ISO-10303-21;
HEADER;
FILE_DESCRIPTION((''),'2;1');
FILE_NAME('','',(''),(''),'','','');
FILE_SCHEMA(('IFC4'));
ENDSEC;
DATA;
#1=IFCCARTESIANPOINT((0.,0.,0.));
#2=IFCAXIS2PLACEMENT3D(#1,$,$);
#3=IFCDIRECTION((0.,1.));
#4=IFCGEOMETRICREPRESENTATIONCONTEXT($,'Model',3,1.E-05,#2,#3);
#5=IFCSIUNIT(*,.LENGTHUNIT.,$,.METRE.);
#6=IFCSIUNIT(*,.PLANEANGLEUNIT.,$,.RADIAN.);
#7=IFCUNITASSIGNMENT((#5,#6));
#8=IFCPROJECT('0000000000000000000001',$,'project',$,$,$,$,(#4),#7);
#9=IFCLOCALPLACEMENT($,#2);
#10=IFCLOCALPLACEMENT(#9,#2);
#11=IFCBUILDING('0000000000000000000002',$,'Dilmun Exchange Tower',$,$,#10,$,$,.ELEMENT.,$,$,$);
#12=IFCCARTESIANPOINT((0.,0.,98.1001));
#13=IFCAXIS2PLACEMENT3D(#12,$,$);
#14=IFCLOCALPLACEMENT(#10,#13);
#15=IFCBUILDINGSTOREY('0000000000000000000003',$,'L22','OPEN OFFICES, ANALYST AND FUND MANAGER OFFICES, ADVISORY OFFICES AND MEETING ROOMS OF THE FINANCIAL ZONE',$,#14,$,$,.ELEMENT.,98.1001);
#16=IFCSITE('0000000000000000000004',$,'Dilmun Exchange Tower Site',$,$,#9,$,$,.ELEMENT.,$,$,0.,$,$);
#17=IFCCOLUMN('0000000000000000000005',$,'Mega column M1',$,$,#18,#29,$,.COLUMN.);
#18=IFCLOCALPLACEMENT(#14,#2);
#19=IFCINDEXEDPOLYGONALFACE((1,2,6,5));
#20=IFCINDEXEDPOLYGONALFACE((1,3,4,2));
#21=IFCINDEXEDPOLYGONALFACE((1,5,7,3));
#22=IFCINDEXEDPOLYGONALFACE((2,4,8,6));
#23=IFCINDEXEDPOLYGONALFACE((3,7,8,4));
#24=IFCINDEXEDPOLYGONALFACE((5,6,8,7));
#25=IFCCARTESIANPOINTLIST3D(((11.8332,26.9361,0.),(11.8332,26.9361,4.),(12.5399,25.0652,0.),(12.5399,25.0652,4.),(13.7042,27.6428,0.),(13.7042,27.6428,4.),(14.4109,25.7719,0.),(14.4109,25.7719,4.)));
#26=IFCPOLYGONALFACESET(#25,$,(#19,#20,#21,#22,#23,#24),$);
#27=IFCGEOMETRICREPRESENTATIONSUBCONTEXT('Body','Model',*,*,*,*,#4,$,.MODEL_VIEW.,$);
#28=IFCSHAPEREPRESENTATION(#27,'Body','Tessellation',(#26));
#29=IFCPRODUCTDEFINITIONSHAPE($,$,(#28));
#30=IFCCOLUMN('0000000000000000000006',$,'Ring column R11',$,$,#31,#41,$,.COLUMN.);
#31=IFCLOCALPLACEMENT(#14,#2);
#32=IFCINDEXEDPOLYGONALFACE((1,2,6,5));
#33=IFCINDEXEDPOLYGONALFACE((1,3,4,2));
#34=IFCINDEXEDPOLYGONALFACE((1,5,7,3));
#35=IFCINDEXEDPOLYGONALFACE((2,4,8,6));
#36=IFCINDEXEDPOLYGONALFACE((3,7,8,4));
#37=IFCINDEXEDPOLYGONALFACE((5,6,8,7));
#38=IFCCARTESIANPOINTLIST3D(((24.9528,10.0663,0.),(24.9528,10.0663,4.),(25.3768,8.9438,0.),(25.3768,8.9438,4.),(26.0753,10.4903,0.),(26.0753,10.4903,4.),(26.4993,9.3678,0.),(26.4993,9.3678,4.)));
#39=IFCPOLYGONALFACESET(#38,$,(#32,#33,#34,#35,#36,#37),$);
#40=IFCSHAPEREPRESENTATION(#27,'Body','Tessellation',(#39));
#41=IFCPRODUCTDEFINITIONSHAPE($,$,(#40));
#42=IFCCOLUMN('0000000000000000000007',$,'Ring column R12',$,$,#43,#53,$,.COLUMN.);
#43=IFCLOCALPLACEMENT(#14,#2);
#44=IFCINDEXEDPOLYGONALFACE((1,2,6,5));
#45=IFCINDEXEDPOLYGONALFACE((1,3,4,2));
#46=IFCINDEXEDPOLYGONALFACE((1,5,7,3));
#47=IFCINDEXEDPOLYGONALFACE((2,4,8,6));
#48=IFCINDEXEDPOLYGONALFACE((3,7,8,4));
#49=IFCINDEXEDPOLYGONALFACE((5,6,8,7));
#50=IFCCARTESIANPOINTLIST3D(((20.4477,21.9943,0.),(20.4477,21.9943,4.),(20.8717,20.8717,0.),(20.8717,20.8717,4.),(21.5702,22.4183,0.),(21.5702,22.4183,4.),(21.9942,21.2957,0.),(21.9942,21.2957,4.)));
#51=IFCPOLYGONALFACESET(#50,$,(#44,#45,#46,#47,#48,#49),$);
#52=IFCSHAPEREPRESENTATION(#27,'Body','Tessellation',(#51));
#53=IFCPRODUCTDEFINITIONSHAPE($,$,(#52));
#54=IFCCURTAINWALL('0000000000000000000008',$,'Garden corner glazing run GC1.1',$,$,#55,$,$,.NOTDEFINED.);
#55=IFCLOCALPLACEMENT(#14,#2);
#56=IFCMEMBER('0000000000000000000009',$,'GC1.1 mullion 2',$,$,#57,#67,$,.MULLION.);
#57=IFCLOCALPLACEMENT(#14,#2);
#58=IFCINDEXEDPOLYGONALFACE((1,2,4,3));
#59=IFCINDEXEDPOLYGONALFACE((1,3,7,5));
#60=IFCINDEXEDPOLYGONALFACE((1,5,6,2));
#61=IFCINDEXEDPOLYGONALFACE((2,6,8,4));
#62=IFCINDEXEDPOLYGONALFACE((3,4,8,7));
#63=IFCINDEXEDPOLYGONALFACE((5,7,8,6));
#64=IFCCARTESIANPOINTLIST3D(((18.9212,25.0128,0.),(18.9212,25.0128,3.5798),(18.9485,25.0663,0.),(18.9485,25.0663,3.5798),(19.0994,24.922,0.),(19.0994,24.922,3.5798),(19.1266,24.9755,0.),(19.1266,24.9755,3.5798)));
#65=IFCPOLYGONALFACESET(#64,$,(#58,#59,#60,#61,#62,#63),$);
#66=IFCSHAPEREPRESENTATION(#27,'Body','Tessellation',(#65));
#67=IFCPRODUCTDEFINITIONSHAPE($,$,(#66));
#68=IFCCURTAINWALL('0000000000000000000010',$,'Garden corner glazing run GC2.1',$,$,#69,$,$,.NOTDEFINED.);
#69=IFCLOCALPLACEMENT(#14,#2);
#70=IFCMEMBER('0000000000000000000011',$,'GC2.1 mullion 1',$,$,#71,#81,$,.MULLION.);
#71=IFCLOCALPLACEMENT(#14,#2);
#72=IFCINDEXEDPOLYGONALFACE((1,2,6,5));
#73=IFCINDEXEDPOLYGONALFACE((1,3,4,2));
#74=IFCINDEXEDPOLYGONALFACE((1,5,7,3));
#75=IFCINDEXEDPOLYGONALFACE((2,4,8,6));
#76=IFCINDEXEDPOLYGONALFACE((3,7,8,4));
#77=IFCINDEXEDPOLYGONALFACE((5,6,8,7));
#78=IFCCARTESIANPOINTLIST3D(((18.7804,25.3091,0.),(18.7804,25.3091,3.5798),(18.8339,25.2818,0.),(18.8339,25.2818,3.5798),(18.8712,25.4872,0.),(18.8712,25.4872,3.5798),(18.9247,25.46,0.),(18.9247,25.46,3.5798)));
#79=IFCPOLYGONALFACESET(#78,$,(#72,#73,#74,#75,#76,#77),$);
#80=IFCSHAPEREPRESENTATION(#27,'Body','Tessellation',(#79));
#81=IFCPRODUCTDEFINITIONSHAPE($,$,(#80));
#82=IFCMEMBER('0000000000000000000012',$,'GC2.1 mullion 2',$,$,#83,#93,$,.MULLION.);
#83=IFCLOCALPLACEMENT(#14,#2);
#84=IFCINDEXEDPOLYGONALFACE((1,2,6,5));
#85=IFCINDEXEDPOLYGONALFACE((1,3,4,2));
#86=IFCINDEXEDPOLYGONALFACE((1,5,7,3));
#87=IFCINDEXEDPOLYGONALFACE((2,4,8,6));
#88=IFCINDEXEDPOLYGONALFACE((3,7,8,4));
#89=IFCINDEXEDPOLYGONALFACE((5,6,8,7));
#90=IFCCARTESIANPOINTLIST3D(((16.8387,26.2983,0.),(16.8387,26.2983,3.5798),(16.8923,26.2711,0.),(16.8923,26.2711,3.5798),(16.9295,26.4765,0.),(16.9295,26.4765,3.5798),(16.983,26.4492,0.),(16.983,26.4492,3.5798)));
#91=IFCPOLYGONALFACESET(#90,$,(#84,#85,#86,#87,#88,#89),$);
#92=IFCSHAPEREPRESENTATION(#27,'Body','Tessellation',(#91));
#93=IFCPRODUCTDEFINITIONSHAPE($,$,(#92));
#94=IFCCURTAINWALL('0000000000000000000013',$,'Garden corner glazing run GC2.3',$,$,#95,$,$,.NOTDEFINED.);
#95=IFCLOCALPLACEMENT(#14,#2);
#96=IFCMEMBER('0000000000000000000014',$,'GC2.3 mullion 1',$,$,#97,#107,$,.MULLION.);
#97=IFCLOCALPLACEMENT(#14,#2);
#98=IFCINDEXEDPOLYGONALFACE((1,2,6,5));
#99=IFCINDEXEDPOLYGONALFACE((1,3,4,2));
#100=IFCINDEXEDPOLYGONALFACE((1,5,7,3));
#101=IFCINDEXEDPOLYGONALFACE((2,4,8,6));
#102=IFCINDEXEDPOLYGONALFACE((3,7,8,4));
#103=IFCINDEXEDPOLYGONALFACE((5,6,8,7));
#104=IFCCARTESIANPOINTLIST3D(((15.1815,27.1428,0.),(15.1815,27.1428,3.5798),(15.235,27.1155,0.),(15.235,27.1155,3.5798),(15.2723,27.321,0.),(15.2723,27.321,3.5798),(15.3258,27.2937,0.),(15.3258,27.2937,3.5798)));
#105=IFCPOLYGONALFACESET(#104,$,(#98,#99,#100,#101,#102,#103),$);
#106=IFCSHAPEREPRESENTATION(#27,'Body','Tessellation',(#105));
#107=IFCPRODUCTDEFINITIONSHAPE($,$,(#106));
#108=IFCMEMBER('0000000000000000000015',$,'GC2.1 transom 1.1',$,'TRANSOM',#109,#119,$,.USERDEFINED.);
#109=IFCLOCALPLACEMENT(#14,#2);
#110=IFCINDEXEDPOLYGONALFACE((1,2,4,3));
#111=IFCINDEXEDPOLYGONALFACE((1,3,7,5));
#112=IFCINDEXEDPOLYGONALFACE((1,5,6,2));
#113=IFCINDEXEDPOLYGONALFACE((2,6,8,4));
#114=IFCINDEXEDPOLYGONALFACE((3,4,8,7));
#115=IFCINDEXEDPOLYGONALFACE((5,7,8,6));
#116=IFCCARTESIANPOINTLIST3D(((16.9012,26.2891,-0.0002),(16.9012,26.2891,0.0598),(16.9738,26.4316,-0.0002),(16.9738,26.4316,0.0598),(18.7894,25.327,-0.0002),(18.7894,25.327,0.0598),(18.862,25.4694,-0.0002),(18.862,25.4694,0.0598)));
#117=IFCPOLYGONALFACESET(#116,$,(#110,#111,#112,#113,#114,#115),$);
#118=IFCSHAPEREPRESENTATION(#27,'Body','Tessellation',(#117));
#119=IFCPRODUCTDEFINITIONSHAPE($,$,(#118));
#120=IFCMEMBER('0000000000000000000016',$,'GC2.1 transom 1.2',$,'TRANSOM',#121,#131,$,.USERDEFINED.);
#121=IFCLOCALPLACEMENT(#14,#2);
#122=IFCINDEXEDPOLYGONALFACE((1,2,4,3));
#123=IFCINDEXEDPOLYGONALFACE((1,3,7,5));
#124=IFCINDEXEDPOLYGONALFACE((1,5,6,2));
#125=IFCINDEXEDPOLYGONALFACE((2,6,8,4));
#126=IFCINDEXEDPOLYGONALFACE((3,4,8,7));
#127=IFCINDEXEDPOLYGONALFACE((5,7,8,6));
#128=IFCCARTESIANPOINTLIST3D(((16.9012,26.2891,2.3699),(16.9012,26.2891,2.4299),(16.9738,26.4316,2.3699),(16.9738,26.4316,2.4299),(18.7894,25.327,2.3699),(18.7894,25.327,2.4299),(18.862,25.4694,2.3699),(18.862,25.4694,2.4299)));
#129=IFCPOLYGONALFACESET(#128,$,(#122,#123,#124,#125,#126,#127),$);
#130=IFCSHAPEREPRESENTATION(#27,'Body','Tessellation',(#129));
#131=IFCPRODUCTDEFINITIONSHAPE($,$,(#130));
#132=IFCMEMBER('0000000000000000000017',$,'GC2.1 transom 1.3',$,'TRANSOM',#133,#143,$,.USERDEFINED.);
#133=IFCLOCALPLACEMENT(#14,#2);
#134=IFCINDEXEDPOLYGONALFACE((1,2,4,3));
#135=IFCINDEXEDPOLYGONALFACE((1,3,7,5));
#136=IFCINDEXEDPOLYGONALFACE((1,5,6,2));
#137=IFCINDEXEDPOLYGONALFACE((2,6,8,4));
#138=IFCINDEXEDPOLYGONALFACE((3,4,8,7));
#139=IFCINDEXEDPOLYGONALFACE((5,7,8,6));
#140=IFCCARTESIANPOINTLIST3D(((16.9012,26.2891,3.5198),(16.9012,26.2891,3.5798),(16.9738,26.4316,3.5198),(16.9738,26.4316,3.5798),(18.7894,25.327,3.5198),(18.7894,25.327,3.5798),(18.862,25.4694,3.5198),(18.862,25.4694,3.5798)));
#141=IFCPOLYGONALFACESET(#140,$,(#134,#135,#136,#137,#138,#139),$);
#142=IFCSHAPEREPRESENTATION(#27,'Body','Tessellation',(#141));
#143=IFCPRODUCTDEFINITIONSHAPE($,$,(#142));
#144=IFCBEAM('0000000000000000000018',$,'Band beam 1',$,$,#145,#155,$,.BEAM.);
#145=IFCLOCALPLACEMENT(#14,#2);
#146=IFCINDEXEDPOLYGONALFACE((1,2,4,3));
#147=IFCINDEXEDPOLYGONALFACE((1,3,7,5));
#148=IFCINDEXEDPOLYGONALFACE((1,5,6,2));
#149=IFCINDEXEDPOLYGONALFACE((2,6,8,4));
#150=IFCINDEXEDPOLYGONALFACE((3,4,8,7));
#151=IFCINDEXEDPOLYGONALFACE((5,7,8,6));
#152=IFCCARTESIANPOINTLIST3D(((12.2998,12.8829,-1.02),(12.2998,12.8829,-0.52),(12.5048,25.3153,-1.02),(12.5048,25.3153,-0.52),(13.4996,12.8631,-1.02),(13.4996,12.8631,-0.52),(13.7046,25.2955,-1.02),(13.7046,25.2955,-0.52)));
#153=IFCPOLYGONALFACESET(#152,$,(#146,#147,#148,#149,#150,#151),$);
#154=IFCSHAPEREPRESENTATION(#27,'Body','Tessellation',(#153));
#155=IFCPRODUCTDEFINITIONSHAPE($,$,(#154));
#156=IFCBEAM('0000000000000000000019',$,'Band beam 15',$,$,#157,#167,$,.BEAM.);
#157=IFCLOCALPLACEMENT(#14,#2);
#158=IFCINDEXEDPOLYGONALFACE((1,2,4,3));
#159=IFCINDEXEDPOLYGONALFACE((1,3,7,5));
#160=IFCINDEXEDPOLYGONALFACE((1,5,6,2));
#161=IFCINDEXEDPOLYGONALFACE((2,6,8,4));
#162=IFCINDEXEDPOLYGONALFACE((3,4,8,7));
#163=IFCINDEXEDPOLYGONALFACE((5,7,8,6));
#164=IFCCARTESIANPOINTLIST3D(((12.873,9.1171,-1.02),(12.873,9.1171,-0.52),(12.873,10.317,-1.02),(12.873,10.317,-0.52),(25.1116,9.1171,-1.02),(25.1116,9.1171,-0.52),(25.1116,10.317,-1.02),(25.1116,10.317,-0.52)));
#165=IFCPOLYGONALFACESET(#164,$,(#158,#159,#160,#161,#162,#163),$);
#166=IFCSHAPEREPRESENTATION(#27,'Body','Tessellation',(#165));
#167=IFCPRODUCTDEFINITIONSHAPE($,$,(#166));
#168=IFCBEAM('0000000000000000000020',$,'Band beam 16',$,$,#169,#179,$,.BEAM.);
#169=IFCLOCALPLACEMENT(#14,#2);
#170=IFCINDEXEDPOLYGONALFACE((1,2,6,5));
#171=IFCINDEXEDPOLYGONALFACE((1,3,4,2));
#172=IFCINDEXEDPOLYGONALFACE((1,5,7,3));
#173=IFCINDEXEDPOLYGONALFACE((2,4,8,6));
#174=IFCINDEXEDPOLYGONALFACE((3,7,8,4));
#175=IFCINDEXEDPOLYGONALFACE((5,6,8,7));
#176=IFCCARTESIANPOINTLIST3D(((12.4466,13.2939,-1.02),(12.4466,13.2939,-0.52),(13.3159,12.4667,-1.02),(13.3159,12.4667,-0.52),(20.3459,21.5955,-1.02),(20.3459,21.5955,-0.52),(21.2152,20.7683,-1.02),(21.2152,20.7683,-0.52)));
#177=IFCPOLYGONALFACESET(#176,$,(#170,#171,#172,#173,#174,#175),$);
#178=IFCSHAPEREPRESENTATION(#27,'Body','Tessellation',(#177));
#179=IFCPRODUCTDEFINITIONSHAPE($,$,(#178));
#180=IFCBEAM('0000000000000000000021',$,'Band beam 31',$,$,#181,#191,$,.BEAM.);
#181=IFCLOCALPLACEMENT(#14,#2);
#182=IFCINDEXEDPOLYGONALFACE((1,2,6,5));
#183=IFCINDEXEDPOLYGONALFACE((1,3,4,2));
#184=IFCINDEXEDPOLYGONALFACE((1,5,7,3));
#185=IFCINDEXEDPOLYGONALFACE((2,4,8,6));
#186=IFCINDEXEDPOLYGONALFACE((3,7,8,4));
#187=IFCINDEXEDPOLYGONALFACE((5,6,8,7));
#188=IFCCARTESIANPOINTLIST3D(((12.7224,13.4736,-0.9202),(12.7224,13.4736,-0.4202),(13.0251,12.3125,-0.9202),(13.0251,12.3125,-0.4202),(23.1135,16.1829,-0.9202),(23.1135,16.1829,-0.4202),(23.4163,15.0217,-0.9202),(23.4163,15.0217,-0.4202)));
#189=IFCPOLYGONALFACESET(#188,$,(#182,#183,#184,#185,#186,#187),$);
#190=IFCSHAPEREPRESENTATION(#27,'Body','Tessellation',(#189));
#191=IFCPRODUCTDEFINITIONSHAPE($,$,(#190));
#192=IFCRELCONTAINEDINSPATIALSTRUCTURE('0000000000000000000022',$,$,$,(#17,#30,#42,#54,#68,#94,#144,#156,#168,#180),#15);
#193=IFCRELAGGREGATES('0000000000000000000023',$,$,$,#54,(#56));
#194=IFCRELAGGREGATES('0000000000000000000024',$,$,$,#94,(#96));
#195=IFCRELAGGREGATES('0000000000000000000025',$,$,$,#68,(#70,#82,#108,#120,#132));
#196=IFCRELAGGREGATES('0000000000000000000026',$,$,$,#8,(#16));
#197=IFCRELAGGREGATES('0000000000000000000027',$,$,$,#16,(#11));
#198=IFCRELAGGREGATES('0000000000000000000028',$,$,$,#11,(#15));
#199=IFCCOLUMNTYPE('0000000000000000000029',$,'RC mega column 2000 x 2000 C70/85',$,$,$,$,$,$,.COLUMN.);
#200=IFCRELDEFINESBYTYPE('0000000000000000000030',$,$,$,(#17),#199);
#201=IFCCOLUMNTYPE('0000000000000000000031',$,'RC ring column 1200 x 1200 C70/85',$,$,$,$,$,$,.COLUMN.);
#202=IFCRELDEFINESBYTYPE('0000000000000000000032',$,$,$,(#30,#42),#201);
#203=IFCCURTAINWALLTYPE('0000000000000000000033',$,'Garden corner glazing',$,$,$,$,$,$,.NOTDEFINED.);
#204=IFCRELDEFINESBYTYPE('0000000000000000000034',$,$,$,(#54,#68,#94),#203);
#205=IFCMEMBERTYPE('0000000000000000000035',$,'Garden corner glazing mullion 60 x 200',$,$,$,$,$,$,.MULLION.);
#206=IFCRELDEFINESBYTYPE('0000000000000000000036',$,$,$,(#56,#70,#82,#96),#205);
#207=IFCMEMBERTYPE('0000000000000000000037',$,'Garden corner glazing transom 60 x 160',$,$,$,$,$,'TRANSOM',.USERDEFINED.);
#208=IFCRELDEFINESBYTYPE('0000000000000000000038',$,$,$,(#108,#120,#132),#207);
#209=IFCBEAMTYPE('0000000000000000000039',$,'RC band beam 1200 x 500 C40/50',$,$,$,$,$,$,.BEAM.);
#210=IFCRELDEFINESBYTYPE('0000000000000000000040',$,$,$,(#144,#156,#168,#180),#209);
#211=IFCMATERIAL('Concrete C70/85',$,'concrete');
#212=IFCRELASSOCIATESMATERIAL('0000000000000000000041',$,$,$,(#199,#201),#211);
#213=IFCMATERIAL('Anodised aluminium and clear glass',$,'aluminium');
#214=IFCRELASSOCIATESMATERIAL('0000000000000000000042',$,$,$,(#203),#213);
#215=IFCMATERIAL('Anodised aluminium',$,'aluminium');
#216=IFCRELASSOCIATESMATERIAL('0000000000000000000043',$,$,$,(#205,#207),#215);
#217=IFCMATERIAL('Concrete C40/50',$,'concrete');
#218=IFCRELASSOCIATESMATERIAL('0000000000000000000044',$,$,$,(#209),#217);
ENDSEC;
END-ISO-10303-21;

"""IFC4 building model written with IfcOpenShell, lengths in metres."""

from ifc_helpers import new_model, si_unit, direction, frame, origin, origin_2d, place, context, subcontext, project, spatial, rectangle, extrude, material, material_profile, profile_set, type_object, element, aggregate, save


model = new_model("IFC4")

# Units and contexts
model_context = context("Model", 3, precision=1e-05, world=origin(), true_north=direction((0.0, 1.0)))
body_context = subcontext(model_context, "Body", "Model", "MODEL_VIEW")
ifc_project = project(units=[si_unit("LENGTHUNIT", "METRE"), si_unit("PLANEANGLEUNIT", "RADIAN")], contexts=[model_context])

# Site, building, storey
site_placement = place(None, origin())
site = spatial("IfcSite", under=ifc_project, at=site_placement, Name="Dilmun Exchange Tower Site", CompositionType="ELEMENT", RefElevation=0.0)
building_placement = place(site_placement, origin())
building = spatial("IfcBuilding", under=site, at=building_placement, Name="Dilmun Exchange Tower", CompositionType="ELEMENT")
storey_placement = place(building_placement, frame((0.0, 0.0, 98.1001)))
storey = spatial("IfcBuildingStorey", under=building, at=storey_placement, Name="L22", Description="OPEN OFFICES, ANALYST AND FUND MANAGER OFFICES, ADVISORY OFFICES AND MEETING ROOMS OF THE FINANCIAL ZONE", CompositionType="ELEMENT", Elevation=98.1001)

# Columns
ifc_material_1 = material(Name="Concrete C70/85", Category="concrete")
ifc_material_profile_1 = material_profile(ifc_material_1, rectangle(XDim=2.0, YDim=2.0, at=origin_2d()), Name="2000 x 2000")
ifc_profile_set_1 = profile_set([ifc_material_profile_1], Name="Concrete C70/85")
column_type_1 = type_object("IfcColumnType", Name="RC mega column 2000 x 2000 C70/85", PredefinedType="COLUMN", material=ifc_profile_set_1)
column_placement = place(storey_placement, frame((13.1221, 26.354, 0.0), z_axis=(0.0, 0.0, 1.0), x_axis=(0.935492, 0.353349, 0.0)))
element("IfcColumn", 1, at=column_placement, inside=storey, type_object=column_type_1, Name="Mega column M1", PredefinedType="COLUMN", context=body_context, shape_type="SweptSolid", body=[
    extrude(rectangle(XDim=2.0, YDim=2.0, at=origin_2d()), origin(), (0.0, 0.0, 1.0), 4.0),
])
ifc_material_profile_2 = material_profile(ifc_material_1, rectangle(XDim=1.2, YDim=1.2, at=origin_2d()), Name="1200 x 1200")
ifc_profile_set_2 = profile_set([ifc_material_profile_2], Name="Concrete C70/85")
column_type_2 = type_object("IfcColumnType", Name="RC ring column 1200 x 1200 C70/85", PredefinedType="COLUMN", material=ifc_profile_set_2)
for number, where, z_axis, x_axis, name in (
    (2, (25.7261, 9.717, 0.0), (0.0, 0.0, 1.0), (0.935492, 0.353349, 0.0), "Ring column R11"),
    (3, (21.2209, 21.645, 0.0), (0.0, 0.0, 1.0), (0.935492, 0.353349, 0.0), "Ring column R12"),
):
    element("IfcColumn", number, at=place(storey_placement, frame(where, z_axis=z_axis, x_axis=x_axis)), inside=storey, type_object=column_type_2, Name=name, PredefinedType="COLUMN", context=body_context, shape_type="SweptSolid", body=[
        extrude(rectangle(XDim=1.2, YDim=1.2, at=origin_2d()), origin(), (0.0, 0.0, 1.0), 4.0),
    ])

# Curtain wall, member
ifc_material_2 = material(Name="Anodised aluminium and clear glass", Category="aluminium")
curtain_wall_type = type_object("IfcCurtainWallType", Name="Garden corner glazing", PredefinedType="NOTDEFINED", material=ifc_material_2)
curtain_wall_1_placement = place(storey_placement, origin())
curtain_wall_1 = element("IfcCurtainWall", 4, at=curtain_wall_1_placement, inside=storey, type_object=curtain_wall_type, Name="Garden corner glazing run GC1.1", PredefinedType="NOTDEFINED")
ifc_material_3 = material(Name="Anodised aluminium", Category="aluminium")
ifc_material_profile_3 = material_profile(ifc_material_3, rectangle(XDim=0.2, YDim=0.0601, at=origin_2d()), Name="AL 60x200")
ifc_profile_set_3 = profile_set([ifc_material_profile_3], Name="Anodised aluminium")
member_type_1 = type_object("IfcMemberType", Name="Garden corner glazing mullion 60 x 200", PredefinedType="MULLION", material=ifc_profile_set_3)
member_1_placement = place(storey_placement, frame((19.0239, 24.9941, 0.0), z_axis=(0.0, 0.0, 1.0), x_axis=(0.891007, -0.453989, 0.0)))
member_1 = element("IfcMember", 5, at=member_1_placement, type_object=member_type_1, Name="GC1.1 mullion 2", PredefinedType="MULLION", context=body_context, shape_type="SweptSolid", body=[
    extrude(rectangle(XDim=0.2, YDim=0.0601, at=origin_2d()), origin(), (0.0, 0.0, 1.0), 3.5798),
])
aggregate(curtain_wall_1, [member_1])

# Curtain wall, members
curtain_wall_2_placement = place(storey_placement, origin())
curtain_wall_2 = element("IfcCurtainWall", 6, at=curtain_wall_2_placement, inside=storey, type_object=curtain_wall_type, Name="Garden corner glazing run GC2.1", PredefinedType="NOTDEFINED")
member_2_placement = place(storey_placement, frame((18.8525, 25.3845, 0.0), z_axis=(0.0, 0.0, 1.0), x_axis=(-0.453971, -0.891016, 0.0)))
member_2 = element("IfcMember", 7, at=member_2_placement, type_object=member_type_1, Name="GC2.1 mullion 1", PredefinedType="MULLION", context=body_context, shape_type="SweptSolid", body=[
    extrude(rectangle(XDim=0.2, YDim=0.0601, at=origin_2d()), origin(), (0.0, 0.0, 1.0), 3.5798),
])
member_3_placement = place(storey_placement, frame((16.9109, 26.3738, 0.0), z_axis=(0.0, 0.0, 1.0), x_axis=(-0.453971, -0.891016, 0.0)))
member_3 = element("IfcMember", 8, at=member_3_placement, type_object=member_type_1, Name="GC2.1 mullion 2", PredefinedType="MULLION", context=body_context, shape_type="SweptSolid", body=[
    extrude(rectangle(XDim=0.2, YDim=0.0601, at=origin_2d()), origin(), (0.0, 0.0, 1.0), 3.5798),
])

# Curtain wall, member
curtain_wall_3_placement = place(storey_placement, origin())
curtain_wall_3 = element("IfcCurtainWall", 9, at=curtain_wall_3_placement, inside=storey, type_object=curtain_wall_type, Name="Garden corner glazing run GC2.3", PredefinedType="NOTDEFINED")
member_4_placement = place(storey_placement, frame((15.2537, 27.2183, 0.0), z_axis=(0.0, 0.0, 1.0), x_axis=(-0.453994, -0.891005, 0.0)))
member_4 = element("IfcMember", 10, at=member_4_placement, type_object=member_type_1, Name="GC2.3 mullion 1", PredefinedType="MULLION", context=body_context, shape_type="SweptSolid", body=[
    extrude(rectangle(XDim=0.2, YDim=0.0601, at=origin_2d()), origin(), (0.0, 0.0, 1.0), 3.5798),
])
aggregate(curtain_wall_3, [member_4])

# Members
ifc_material_profile_4 = material_profile(ifc_material_3, rectangle(XDim=0.1599, YDim=0.0601, at=origin_2d()), Name="AL 60x160")
ifc_profile_set_4 = profile_set([ifc_material_profile_4], Name="Anodised aluminium")
member_type_2 = type_object("IfcMemberType", Name="Garden corner glazing transom 60 x 160", ElementType="TRANSOM", PredefinedType="USERDEFINED", material=ifc_profile_set_4)
member_5_placement = place(storey_placement, frame((18.8257, 25.3982, 0.0298), z_axis=(-0.890991, 0.454021, 0.0), x_axis=(-0.454021, -0.890991, 0.0)))
member_5 = element("IfcMember", 11, at=member_5_placement, type_object=member_type_2, Name="GC2.1 transom 1.1", ObjectType="TRANSOM", PredefinedType="USERDEFINED", context=body_context, shape_type="SweptSolid", body=[
    extrude(rectangle(XDim=0.1599, YDim=0.0601, at=origin_2d()), origin(), (0.0, 0.0, 1.0), 2.1191),
])
member_6_placement = place(storey_placement, frame((18.8257, 25.3982, 2.3999), z_axis=(-0.890991, 0.454021, 0.0), x_axis=(-0.454021, -0.890991, 0.0)))
member_6 = element("IfcMember", 12, at=member_6_placement, type_object=member_type_2, Name="GC2.1 transom 1.2", ObjectType="TRANSOM", PredefinedType="USERDEFINED", context=body_context, shape_type="SweptSolid", body=[
    extrude(rectangle(XDim=0.1599, YDim=0.0601, at=origin_2d()), origin(), (0.0, 0.0, 1.0), 2.1191),
])
member_7_placement = place(storey_placement, frame((18.8257, 25.3982, 3.5498), z_axis=(-0.890991, 0.454021, 0.0), x_axis=(-0.454021, -0.890991, 0.0)))
member_7 = element("IfcMember", 13, at=member_7_placement, type_object=member_type_2, Name="GC2.1 transom 1.3", ObjectType="TRANSOM", PredefinedType="USERDEFINED", context=body_context, shape_type="SweptSolid", body=[
    extrude(rectangle(XDim=0.1599, YDim=0.0601, at=origin_2d()), origin(), (0.0, 0.0, 1.0), 2.1191),
])

# Beams
ifc_material_4 = material(Name="Concrete C40/50", Category="concrete")
ifc_material_profile_5 = material_profile(ifc_material_4, rectangle(XDim=1.2, YDim=0.5, at=origin_2d()), Name="1200 x 500")
ifc_profile_set_5 = profile_set([ifc_material_profile_5], Name="Concrete C40/50")
beam_type_1 = type_object("IfcBeamType", Name="RC band beam 1200 x 500 C40/50", PredefinedType="BEAM", material=ifc_profile_set_5)
beam_1_placement = place(storey_placement, frame((13.1047, 25.3054, -0.77), z_axis=(-0.016493, -0.999864, 0.0), x_axis=(0.999864, -0.016493, 0.0)))
element("IfcBeam", 14, at=beam_1_placement, inside=storey, type_object=beam_type_1, Name="Band beam 1", PredefinedType="BEAM", context=body_context, shape_type="SweptSolid", body=[
    extrude(rectangle(XDim=1.2, YDim=0.5, at=origin_2d()), origin(), (0.0, 0.0, 1.0), 12.4341),
])
beam_2_placement = place(storey_placement, frame((25.1116, 9.717, -0.77), z_axis=(-1.0, 0.0, 0.0), x_axis=(0.0, -1.0, 0.0)))
element("IfcBeam", 15, at=beam_2_placement, inside=storey, type_object=beam_type_1, Name="Band beam 15", PredefinedType="BEAM", context=body_context, shape_type="SweptSolid", body=[
    extrude(rectangle(XDim=1.2, YDim=0.5, at=origin_2d()), origin(), (0.0, 0.0, 1.0), 12.2385),
])
beam_3_placement = place(storey_placement, frame((20.7805, 21.1819, -0.77), z_axis=(-0.689333, -0.724444, 0.0), x_axis=(0.724444, -0.689333, 0.0)))
element("IfcBeam", 16, at=beam_3_placement, inside=storey, type_object=beam_type_1, Name="Band beam 16", PredefinedType="BEAM", context=body_context, shape_type="SweptSolid", body=[
    extrude(rectangle(XDim=1.2, YDim=0.5, at=origin_2d()), origin(), (0.0, 0.0, 1.0), 11.4592),
])
beam_4_placement = place(storey_placement, frame((23.2649, 15.6023, -0.6702), z_axis=(-0.967651, -0.252291, 0.0), x_axis=(0.252291, -0.967651, 0.0)))
element("IfcBeam", 17, at=beam_4_placement, inside=storey, type_object=beam_type_1, Name="Band beam 31", PredefinedType="BEAM", context=body_context, shape_type="SweptSolid", body=[
    extrude(rectangle(XDim=1.2, YDim=0.5, at=origin_2d()), origin(), (0.0, 0.0, 1.0), 10.7385),
])

aggregate(curtain_wall_2, [member_2, member_3, member_5, member_6, member_7])

save(model, "model.ifc")
